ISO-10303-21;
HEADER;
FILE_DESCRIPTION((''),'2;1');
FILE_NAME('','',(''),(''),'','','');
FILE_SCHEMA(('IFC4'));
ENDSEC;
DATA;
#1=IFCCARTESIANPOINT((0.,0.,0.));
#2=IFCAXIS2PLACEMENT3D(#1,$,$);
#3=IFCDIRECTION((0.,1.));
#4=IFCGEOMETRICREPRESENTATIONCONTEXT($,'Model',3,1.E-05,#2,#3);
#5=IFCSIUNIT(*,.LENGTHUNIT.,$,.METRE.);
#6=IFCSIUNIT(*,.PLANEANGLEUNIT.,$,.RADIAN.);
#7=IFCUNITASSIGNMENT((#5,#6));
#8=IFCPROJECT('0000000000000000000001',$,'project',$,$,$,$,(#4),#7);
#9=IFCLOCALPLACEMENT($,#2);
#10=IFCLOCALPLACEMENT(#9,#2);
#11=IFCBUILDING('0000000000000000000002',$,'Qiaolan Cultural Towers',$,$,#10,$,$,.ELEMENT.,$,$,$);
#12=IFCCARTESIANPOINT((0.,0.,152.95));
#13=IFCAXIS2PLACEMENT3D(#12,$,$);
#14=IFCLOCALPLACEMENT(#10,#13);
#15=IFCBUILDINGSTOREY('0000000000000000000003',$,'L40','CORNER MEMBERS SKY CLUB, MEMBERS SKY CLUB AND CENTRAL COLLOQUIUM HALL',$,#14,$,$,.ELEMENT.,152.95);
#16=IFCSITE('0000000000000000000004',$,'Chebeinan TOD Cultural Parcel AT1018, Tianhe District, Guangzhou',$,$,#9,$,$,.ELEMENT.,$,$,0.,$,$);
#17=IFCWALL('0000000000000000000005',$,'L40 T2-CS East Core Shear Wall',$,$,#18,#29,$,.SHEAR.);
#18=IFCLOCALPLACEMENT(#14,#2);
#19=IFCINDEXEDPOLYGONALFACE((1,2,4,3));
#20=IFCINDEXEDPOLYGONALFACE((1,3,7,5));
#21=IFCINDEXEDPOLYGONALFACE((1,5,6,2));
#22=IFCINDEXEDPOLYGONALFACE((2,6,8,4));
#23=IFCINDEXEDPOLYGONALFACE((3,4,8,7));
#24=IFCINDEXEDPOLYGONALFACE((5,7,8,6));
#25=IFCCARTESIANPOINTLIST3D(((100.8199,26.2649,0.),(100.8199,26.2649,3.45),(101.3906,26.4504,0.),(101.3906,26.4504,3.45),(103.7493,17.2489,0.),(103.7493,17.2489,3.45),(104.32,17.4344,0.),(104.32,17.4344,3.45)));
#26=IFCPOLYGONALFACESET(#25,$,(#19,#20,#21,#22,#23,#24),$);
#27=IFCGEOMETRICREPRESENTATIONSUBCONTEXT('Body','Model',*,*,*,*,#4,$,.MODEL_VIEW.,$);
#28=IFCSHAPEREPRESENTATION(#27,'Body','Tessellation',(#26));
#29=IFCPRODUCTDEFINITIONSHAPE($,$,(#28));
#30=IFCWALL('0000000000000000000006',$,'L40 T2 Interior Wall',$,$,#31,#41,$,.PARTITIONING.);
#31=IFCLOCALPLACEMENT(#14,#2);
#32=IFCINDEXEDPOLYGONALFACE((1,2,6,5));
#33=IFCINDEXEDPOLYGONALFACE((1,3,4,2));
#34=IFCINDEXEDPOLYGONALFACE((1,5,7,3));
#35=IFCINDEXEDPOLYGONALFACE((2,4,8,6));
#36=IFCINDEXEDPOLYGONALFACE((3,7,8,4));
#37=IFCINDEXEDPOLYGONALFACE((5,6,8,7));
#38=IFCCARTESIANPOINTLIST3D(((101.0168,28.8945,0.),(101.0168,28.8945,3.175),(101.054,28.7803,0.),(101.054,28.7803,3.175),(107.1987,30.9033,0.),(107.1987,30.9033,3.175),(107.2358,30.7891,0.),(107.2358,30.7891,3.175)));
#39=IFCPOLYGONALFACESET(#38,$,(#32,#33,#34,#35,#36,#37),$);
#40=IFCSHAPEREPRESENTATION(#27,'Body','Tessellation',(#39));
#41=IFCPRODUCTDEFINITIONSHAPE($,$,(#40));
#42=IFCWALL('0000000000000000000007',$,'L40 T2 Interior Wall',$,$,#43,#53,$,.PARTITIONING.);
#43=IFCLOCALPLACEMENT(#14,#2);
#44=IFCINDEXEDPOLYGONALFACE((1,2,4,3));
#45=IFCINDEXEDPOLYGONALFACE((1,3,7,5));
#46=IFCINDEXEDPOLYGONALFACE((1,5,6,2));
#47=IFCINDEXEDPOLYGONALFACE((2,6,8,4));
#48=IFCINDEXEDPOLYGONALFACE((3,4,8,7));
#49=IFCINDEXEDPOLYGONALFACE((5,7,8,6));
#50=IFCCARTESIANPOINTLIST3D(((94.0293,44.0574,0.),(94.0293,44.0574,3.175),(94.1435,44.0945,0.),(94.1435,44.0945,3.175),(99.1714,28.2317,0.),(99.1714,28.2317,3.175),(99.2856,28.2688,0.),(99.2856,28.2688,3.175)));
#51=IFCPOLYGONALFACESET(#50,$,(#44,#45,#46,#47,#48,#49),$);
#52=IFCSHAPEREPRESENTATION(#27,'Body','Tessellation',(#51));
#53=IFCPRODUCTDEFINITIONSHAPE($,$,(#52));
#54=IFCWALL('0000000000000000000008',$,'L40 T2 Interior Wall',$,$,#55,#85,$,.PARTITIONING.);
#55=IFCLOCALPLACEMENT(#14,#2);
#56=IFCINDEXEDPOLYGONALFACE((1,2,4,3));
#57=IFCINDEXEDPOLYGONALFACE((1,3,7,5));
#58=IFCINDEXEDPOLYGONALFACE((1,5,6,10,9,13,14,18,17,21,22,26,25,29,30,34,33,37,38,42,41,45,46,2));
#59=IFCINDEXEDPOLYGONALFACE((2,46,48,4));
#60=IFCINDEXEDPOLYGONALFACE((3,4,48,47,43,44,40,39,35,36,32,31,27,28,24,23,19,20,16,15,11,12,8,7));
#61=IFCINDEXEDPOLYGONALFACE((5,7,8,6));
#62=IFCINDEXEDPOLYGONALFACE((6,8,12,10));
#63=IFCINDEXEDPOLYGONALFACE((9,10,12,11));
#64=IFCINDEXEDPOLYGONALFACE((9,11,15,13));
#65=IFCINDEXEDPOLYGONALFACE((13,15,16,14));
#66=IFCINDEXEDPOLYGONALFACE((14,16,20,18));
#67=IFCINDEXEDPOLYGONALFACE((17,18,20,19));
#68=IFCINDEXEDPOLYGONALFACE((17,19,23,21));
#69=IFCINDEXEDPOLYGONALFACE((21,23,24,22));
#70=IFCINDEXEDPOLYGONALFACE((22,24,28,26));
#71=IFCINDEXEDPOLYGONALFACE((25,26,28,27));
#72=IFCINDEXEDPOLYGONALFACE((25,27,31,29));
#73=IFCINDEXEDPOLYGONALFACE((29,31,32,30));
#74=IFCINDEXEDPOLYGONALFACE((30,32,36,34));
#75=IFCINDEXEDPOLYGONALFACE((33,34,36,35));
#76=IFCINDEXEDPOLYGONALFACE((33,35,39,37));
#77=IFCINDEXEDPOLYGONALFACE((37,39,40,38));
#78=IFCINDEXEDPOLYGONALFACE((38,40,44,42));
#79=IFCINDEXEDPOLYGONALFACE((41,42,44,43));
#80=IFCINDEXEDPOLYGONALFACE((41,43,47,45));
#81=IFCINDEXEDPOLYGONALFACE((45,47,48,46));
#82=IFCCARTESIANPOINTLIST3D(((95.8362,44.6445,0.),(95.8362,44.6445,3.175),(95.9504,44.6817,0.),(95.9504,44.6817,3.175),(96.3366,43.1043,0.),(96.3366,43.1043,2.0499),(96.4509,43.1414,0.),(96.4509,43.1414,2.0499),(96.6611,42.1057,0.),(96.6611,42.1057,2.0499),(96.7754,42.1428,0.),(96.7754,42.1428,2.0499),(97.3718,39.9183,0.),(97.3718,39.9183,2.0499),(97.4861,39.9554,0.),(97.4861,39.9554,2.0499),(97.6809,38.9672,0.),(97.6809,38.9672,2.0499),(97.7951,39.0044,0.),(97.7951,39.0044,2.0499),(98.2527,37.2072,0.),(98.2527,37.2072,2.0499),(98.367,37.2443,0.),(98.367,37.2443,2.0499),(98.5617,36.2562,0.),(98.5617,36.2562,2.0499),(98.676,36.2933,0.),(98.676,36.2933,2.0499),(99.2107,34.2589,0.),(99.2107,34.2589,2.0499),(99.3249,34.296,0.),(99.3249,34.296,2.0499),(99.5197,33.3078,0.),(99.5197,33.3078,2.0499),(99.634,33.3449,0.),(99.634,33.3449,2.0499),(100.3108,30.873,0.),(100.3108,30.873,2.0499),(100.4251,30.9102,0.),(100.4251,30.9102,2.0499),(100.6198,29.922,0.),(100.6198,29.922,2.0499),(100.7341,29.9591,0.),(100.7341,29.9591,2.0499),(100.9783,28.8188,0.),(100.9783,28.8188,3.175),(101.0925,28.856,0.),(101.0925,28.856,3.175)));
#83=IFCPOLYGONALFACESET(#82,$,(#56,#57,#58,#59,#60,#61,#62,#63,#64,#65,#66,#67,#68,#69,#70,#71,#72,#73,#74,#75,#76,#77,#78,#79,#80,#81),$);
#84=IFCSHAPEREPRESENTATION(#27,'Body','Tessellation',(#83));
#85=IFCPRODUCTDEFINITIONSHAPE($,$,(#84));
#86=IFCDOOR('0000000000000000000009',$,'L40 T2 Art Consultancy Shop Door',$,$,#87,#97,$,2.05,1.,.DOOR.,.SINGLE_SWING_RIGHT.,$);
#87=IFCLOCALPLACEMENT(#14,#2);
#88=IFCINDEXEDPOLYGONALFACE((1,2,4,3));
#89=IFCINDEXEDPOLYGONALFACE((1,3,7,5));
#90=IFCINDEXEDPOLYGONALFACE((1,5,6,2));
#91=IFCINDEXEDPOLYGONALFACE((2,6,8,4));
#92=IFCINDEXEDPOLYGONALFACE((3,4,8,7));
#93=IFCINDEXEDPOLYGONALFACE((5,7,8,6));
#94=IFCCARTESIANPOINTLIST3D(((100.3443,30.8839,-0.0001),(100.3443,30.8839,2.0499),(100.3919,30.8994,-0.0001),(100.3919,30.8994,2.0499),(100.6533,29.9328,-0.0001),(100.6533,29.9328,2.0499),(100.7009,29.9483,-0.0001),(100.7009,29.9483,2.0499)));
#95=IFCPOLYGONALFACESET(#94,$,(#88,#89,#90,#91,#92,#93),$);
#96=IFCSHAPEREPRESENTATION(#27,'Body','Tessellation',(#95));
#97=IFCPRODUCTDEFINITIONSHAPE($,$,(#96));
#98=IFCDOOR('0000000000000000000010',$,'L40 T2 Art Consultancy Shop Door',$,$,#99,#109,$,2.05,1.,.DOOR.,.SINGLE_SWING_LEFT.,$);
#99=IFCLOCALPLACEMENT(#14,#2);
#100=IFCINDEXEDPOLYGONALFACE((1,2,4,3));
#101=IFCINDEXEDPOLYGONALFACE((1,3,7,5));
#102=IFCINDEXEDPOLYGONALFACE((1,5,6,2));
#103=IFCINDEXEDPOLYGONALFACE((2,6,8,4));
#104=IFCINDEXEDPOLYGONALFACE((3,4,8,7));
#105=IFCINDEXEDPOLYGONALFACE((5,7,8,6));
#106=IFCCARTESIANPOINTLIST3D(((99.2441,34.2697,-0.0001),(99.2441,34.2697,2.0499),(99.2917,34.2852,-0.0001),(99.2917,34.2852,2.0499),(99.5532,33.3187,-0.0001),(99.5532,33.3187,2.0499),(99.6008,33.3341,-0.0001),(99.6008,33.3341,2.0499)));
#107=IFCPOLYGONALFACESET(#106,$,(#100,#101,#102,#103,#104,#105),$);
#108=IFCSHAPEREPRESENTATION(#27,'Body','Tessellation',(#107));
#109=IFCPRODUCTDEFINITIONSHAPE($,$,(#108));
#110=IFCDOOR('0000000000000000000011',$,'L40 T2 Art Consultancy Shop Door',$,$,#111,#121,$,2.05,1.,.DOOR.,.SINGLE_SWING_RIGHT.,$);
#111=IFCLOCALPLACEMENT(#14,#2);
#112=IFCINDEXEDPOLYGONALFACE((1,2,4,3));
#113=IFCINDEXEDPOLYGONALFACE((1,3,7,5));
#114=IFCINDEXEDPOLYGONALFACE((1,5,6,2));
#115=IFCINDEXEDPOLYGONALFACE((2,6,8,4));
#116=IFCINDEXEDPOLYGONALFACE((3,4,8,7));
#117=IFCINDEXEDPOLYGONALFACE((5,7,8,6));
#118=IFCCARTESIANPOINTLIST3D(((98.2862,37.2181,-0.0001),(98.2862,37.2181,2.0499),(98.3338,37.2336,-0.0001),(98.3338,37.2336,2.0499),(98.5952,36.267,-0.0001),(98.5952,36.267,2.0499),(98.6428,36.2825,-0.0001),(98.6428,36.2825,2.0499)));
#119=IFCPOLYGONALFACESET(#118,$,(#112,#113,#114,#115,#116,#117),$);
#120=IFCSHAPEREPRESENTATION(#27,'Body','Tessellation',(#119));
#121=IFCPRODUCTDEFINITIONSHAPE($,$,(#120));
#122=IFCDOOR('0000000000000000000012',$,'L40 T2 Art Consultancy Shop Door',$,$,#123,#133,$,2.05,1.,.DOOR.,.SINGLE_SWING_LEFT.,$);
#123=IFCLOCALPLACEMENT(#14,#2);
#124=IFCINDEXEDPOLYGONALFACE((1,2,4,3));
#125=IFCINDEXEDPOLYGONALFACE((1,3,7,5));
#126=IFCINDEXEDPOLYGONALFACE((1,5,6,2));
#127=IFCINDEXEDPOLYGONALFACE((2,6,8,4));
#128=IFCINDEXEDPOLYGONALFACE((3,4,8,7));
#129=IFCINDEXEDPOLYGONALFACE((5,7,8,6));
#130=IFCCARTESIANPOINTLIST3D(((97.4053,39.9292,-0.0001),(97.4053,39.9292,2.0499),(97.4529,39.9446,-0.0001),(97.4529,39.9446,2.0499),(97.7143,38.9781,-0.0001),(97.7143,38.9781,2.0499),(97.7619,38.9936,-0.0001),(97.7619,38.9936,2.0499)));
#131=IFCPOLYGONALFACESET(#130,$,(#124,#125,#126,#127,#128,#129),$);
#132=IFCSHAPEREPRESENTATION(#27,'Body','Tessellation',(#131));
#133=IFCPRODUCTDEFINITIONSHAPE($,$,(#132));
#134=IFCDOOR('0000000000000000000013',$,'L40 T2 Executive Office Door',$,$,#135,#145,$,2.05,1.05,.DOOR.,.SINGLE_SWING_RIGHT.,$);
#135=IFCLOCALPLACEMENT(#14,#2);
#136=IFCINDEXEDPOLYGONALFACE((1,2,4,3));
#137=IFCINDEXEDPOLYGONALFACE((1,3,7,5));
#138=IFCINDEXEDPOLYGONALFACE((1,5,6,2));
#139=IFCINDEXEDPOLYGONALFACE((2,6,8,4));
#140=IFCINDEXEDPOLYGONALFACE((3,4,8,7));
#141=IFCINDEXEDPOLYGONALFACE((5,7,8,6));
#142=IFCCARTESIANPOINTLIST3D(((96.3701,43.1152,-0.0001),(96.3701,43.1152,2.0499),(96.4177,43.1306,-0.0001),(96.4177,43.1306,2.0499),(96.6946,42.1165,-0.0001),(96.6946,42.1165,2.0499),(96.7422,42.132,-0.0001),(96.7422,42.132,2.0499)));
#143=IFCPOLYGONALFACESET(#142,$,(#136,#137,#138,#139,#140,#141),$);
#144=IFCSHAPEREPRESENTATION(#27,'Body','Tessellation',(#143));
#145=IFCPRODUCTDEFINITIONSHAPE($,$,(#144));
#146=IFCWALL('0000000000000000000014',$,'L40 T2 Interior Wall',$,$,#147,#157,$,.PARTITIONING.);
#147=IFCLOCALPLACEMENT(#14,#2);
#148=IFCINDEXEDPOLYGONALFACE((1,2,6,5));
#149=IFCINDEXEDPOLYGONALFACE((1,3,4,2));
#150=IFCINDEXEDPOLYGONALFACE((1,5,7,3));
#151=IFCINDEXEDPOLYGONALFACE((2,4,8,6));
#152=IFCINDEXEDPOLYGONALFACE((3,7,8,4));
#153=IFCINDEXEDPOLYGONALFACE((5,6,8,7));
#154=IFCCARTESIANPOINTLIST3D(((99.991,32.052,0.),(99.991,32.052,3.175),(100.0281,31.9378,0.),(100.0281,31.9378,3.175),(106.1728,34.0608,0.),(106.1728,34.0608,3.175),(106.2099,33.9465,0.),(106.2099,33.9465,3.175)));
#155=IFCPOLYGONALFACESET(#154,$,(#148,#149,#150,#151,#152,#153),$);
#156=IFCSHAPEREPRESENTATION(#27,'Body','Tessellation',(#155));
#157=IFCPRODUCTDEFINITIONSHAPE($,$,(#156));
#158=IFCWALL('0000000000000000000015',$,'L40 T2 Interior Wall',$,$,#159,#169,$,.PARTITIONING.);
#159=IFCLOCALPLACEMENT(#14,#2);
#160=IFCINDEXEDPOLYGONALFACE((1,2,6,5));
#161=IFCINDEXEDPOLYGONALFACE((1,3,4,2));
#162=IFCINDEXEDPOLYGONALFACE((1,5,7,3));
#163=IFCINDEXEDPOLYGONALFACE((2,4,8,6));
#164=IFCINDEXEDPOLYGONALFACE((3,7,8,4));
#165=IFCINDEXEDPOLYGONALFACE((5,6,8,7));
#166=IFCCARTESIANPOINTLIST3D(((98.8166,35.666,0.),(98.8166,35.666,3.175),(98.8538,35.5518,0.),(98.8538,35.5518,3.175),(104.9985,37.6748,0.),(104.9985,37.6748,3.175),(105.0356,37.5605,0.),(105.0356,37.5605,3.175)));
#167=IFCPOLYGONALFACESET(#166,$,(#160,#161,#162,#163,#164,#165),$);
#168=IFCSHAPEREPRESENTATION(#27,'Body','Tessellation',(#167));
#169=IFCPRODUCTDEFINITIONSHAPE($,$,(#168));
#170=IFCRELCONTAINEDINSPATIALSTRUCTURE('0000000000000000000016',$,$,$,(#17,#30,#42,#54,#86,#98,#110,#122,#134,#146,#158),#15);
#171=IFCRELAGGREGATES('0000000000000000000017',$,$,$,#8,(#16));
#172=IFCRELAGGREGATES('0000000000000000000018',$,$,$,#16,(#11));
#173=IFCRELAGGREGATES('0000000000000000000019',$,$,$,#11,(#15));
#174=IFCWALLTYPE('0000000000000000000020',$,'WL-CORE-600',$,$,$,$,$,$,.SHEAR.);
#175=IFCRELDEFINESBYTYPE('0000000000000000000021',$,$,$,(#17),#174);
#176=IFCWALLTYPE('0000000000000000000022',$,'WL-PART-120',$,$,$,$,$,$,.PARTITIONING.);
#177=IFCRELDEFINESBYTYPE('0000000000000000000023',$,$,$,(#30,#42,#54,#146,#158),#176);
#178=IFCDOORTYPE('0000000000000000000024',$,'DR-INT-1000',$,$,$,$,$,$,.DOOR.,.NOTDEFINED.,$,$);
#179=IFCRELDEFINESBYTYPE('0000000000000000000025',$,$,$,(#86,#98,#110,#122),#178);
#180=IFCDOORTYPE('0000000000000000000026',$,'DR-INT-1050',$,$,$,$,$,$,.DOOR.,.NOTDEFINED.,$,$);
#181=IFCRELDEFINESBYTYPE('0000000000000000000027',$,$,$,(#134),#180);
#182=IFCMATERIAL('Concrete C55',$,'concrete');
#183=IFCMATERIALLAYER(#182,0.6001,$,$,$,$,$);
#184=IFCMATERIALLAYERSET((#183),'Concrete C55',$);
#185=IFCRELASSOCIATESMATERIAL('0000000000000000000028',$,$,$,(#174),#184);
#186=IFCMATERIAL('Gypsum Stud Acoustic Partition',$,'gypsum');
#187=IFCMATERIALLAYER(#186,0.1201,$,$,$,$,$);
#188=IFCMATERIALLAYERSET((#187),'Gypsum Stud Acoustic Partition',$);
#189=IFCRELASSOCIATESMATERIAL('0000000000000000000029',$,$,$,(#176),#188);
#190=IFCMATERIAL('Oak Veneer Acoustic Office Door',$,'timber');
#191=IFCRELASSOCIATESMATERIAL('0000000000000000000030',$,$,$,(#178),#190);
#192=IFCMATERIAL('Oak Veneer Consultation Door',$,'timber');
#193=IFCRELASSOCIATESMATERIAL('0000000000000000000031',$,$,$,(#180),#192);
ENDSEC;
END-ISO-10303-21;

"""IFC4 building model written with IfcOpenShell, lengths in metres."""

from ifc_helpers import new_model, si_unit, direction, frame, frame_2d, origin, place, context, subcontext, project, spatial, rectangle, extrude, material, layer, layer_set, type_object, element, fill, save


model = new_model("IFC4")

# Units and contexts
model_context = context("Model", 3, precision=1e-05, world=origin(), true_north=direction((0.0, 1.0)))
body_context = subcontext(model_context, "Body", "Model", "MODEL_VIEW")
ifc_project = project(units=[si_unit("LENGTHUNIT", "METRE"), si_unit("PLANEANGLEUNIT", "RADIAN")], contexts=[model_context])

# Site, building, storey
site_placement = place(None, origin())
site = spatial("IfcSite", under=ifc_project, at=site_placement, Name="Chebeinan TOD Cultural Parcel AT1018, Tianhe District, Guangzhou", CompositionType="ELEMENT", RefElevation=0.0)
building_placement = place(site_placement, origin())
building = spatial("IfcBuilding", under=site, at=building_placement, Name="Qiaolan Cultural Towers", CompositionType="ELEMENT")
storey_placement = place(building_placement, frame((0.0, 0.0, 152.95)))
storey = spatial("IfcBuildingStorey", under=building, at=storey_placement, Name="L40", Description="CORNER MEMBERS SKY CLUB, MEMBERS SKY CLUB AND CENTRAL COLLOQUIUM HALL", CompositionType="ELEMENT", Elevation=152.95)

# Walls
ifc_material_1 = material(Name="Concrete C55", Category="concrete")
ifc_layer_1 = layer(ifc_material_1, 0.6001)
ifc_layer_set_1 = layer_set([ifc_layer_1], Name="Concrete C55")
wall_type_1 = type_object("IfcWallType", Name="WL-CORE-600", PredefinedType="SHEAR", material=ifc_layer_set_1)
wall_1_placement = place(storey_placement, frame((101.1052, 26.3577, 0.0), z_axis=(0.0, 0.0, 1.0), x_axis=(0.30901, -0.951059, 0.0)))
element("IfcWall", 1, at=wall_1_placement, inside=storey, type_object=wall_type_1, Name="L40 T2-CS East Core Shear Wall", PredefinedType="SHEAR", context=body_context, shape_type="SweptSolid", body=[
    extrude(rectangle(XDim=9.48, YDim=0.6001, at=frame_2d((4.74, 0.0))), origin(), (0.0, 0.0, 1.0), 3.45),
])
ifc_material_2 = material(Name="Gypsum Stud Acoustic Partition", Category="gypsum")
ifc_layer_2 = layer(ifc_material_2, 0.1201)
ifc_layer_set_2 = layer_set([ifc_layer_2], Name="Gypsum Stud Acoustic Partition")
wall_type_2 = type_object("IfcWallType", Name="WL-PART-120", PredefinedType="PARTITIONING", material=ifc_layer_set_2)
wall_2_placement = place(storey_placement, frame((101.0354, 28.8374, 0.0), z_axis=(0.0, 0.0, 1.0), x_axis=(0.951049, 0.309041, 0.0)))
element("IfcWall", 2, at=wall_2_placement, inside=storey, type_object=wall_type_2, Name="L40 T2 Interior Wall", PredefinedType="PARTITIONING", context=body_context, shape_type="SweptSolid", body=[
    extrude(rectangle(XDim=6.5, YDim=0.1201, at=frame_2d((3.25, 0.0))), origin(), (0.0, 0.0, 1.0), 3.175),
])
wall_3_placement = place(storey_placement, frame((99.2285, 28.2502, 0.0), z_axis=(0.0, 0.0, 1.0), x_axis=(-0.309018, 0.951056, 0.0)))
element("IfcWall", 3, at=wall_3_placement, inside=storey, type_object=wall_type_2, Name="L40 T2 Interior Wall", PredefinedType="PARTITIONING", context=body_context, shape_type="SweptSolid", body=[
    extrude(rectangle(XDim=16.6401, YDim=0.1201, at=frame_2d((8.3201, 0.0))), origin(), (0.0, 0.0, 1.0), 3.175),
])

# Wall, openings, doors
wall_4_placement = place(storey_placement, frame((101.0354, 28.8374, 0.0), z_axis=(0.0, 0.0, 1.0), x_axis=(-0.309018, 0.951056, 0.0)))
wall_4 = element("IfcWall", 4, at=wall_4_placement, inside=storey, type_object=wall_type_2, Name="L40 T2 Interior Wall", PredefinedType="PARTITIONING", context=body_context, shape_type="SweptSolid", body=[
    extrude(rectangle(XDim=16.6401, YDim=0.1201, at=frame_2d((8.3201, 0.0))), origin(), (0.0, 0.0, 1.0), 3.175),
])
opening_1_placement = place(wall_4_placement, frame((1.1599, 0.0, 0.0)))
opening_1 = element("IfcOpeningElement", 5, at=opening_1_placement, cuts=wall_4, PredefinedType="OPENING", context=body_context, shape_type="SweptSolid", body=[
    extrude(rectangle(XDim=1.0, YDim=2.05, at=frame_2d((0.5, 1.0249))), frame((0.0, 0.0701, 0.0), z_axis=(0.0, -1.0, 0.0), x_axis=(1.0, 0.0, 0.0)), (0.0, 0.0, 1.0), 0.1401),
])
opening_2_placement = place(wall_4_placement, frame((4.72, 0.0, 0.0)))
opening_2 = element("IfcOpeningElement", 6, at=opening_2_placement, cuts=wall_4, PredefinedType="OPENING", context=body_context, shape_type="SweptSolid", body=[
    extrude(rectangle(XDim=1.0, YDim=2.05, at=frame_2d((0.5, 1.0249))), frame((0.0, 0.0701, 0.0), z_axis=(0.0, -1.0, 0.0), x_axis=(1.0, 0.0, 0.0)), (0.0, 0.0, 1.0), 0.1401),
])
opening_3_placement = place(wall_4_placement, frame((7.8201, 0.0, 0.0)))
opening_3 = element("IfcOpeningElement", 7, at=opening_3_placement, cuts=wall_4, PredefinedType="OPENING", context=body_context, shape_type="SweptSolid", body=[
    extrude(rectangle(XDim=1.0, YDim=2.05, at=frame_2d((0.5, 1.0249))), frame((0.0, 0.0701, 0.0), z_axis=(0.0, -1.0, 0.0), x_axis=(1.0, 0.0, 0.0)), (0.0, 0.0, 1.0), 0.1401),
])
opening_4_placement = place(wall_4_placement, frame((10.6707, 0.0, 0.0)))
opening_4 = element("IfcOpeningElement", 8, at=opening_4_placement, cuts=wall_4, PredefinedType="OPENING", context=body_context, shape_type="SweptSolid", body=[
    extrude(rectangle(XDim=1.0, YDim=2.05, at=frame_2d((0.5, 1.0249))), frame((0.0, 0.0701, 0.0), z_axis=(0.0, -1.0, 0.0), x_axis=(1.0, 0.0, 0.0)), (0.0, 0.0, 1.0), 0.1401),
])
opening_5_placement = place(wall_4_placement, frame((13.9707, 0.0, 0.0)))
opening_5 = element("IfcOpeningElement", 9, at=opening_5_placement, cuts=wall_4, PredefinedType="OPENING", context=body_context, shape_type="SweptSolid", body=[
    extrude(rectangle(XDim=1.05, YDim=2.05, at=frame_2d((0.5249, 1.0249))), frame((0.0, 0.0701, 0.0), z_axis=(0.0, -1.0, 0.0), x_axis=(1.0, 0.0, 0.0)), (0.0, 0.0, 1.0), 0.1401),
])
ifc_material_3 = material(Name="Oak Veneer Acoustic Office Door", Category="timber")
door_type_1 = type_object("IfcDoorType", Name="DR-INT-1000", OperationType="NOTDEFINED", PredefinedType="DOOR", material=ifc_material_3)
door_1_placement = place(opening_1_placement, origin())
door_1 = element("IfcDoor", 10, at=door_1_placement, inside=storey, type_object=door_type_1, Name="L40 T2 Art Consultancy Shop Door", OperationType="SINGLE_SWING_RIGHT", OverallHeight=2.05, OverallWidth=1.0, PredefinedType="DOOR", context=body_context, shape_type="SweptSolid", body=[
    extrude(rectangle(XDim=1.0, YDim=2.05, at=frame_2d((0.5, 1.0249))), frame((0.0, 0.0249, 0.0), z_axis=(0.0, -1.0, 0.0), x_axis=(1.0, 0.0, 0.0)), (0.0, 0.0, 1.0), 0.05),
])
fill(opening_1, door_1)
door_2_placement = place(opening_2_placement, origin())
door_2 = element("IfcDoor", 11, at=door_2_placement, inside=storey, type_object=door_type_1, Name="L40 T2 Art Consultancy Shop Door", OperationType="SINGLE_SWING_LEFT", OverallHeight=2.05, OverallWidth=1.0, PredefinedType="DOOR", context=body_context, shape_type="SweptSolid", body=[
    extrude(rectangle(XDim=1.0, YDim=2.05, at=frame_2d((0.5, 1.0249))), frame((0.0, 0.0249, 0.0), z_axis=(0.0, -1.0, 0.0), x_axis=(1.0, 0.0, 0.0)), (0.0, 0.0, 1.0), 0.05),
])
fill(opening_2, door_2)
door_3_placement = place(opening_3_placement, origin())
door_3 = element("IfcDoor", 12, at=door_3_placement, inside=storey, type_object=door_type_1, Name="L40 T2 Art Consultancy Shop Door", OperationType="SINGLE_SWING_RIGHT", OverallHeight=2.05, OverallWidth=1.0, PredefinedType="DOOR", context=body_context, shape_type="SweptSolid", body=[
    extrude(rectangle(XDim=1.0, YDim=2.05, at=frame_2d((0.5, 1.0249))), frame((0.0, 0.0249, 0.0), z_axis=(0.0, -1.0, 0.0), x_axis=(1.0, 0.0, 0.0)), (0.0, 0.0, 1.0), 0.05),
])
fill(opening_3, door_3)
door_4_placement = place(opening_4_placement, origin())
door_4 = element("IfcDoor", 13, at=door_4_placement, inside=storey, type_object=door_type_1, Name="L40 T2 Art Consultancy Shop Door", OperationType="SINGLE_SWING_LEFT", OverallHeight=2.05, OverallWidth=1.0, PredefinedType="DOOR", context=body_context, shape_type="SweptSolid", body=[
    extrude(rectangle(XDim=1.0, YDim=2.05, at=frame_2d((0.5, 1.0249))), frame((0.0, 0.0249, 0.0), z_axis=(0.0, -1.0, 0.0), x_axis=(1.0, 0.0, 0.0)), (0.0, 0.0, 1.0), 0.05),
])
fill(opening_4, door_4)
ifc_material_4 = material(Name="Oak Veneer Consultation Door", Category="timber")
door_type_2 = type_object("IfcDoorType", Name="DR-INT-1050", OperationType="NOTDEFINED", PredefinedType="DOOR", material=ifc_material_4)
door_5_placement = place(opening_5_placement, origin())
door_5 = element("IfcDoor", 14, at=door_5_placement, inside=storey, type_object=door_type_2, Name="L40 T2 Executive Office Door", OperationType="SINGLE_SWING_RIGHT", OverallHeight=2.05, OverallWidth=1.05, PredefinedType="DOOR", context=body_context, shape_type="SweptSolid", body=[
    extrude(rectangle(XDim=1.05, YDim=2.05, at=frame_2d((0.5249, 1.0249))), frame((0.0, 0.0249, 0.0), z_axis=(0.0, -1.0, 0.0), x_axis=(1.0, 0.0, 0.0)), (0.0, 0.0, 1.0), 0.05),
])
fill(opening_5, door_5)

# Walls
for number, where, z_axis, x_axis, name in (
    (15, (100.0095, 31.9949, 0.0), (0.0, 0.0, 1.0), (0.951049, 0.309041, 0.0), "L40 T2 Interior Wall"),
    (16, (98.8352, 35.6089, 0.0), (0.0, 0.0, 1.0), (0.951049, 0.309041, 0.0), "L40 T2 Interior Wall"),
):
    element("IfcWall", number, at=place(storey_placement, frame(where, z_axis=z_axis, x_axis=x_axis)), inside=storey, type_object=wall_type_2, Name=name, PredefinedType="PARTITIONING", context=body_context, shape_type="SweptSolid", body=[
        extrude(rectangle(XDim=6.5, YDim=0.1201, at=frame_2d((3.25, 0.0))), origin(), (0.0, 0.0, 1.0), 3.175),
    ])

save(model, "model.ifc")
